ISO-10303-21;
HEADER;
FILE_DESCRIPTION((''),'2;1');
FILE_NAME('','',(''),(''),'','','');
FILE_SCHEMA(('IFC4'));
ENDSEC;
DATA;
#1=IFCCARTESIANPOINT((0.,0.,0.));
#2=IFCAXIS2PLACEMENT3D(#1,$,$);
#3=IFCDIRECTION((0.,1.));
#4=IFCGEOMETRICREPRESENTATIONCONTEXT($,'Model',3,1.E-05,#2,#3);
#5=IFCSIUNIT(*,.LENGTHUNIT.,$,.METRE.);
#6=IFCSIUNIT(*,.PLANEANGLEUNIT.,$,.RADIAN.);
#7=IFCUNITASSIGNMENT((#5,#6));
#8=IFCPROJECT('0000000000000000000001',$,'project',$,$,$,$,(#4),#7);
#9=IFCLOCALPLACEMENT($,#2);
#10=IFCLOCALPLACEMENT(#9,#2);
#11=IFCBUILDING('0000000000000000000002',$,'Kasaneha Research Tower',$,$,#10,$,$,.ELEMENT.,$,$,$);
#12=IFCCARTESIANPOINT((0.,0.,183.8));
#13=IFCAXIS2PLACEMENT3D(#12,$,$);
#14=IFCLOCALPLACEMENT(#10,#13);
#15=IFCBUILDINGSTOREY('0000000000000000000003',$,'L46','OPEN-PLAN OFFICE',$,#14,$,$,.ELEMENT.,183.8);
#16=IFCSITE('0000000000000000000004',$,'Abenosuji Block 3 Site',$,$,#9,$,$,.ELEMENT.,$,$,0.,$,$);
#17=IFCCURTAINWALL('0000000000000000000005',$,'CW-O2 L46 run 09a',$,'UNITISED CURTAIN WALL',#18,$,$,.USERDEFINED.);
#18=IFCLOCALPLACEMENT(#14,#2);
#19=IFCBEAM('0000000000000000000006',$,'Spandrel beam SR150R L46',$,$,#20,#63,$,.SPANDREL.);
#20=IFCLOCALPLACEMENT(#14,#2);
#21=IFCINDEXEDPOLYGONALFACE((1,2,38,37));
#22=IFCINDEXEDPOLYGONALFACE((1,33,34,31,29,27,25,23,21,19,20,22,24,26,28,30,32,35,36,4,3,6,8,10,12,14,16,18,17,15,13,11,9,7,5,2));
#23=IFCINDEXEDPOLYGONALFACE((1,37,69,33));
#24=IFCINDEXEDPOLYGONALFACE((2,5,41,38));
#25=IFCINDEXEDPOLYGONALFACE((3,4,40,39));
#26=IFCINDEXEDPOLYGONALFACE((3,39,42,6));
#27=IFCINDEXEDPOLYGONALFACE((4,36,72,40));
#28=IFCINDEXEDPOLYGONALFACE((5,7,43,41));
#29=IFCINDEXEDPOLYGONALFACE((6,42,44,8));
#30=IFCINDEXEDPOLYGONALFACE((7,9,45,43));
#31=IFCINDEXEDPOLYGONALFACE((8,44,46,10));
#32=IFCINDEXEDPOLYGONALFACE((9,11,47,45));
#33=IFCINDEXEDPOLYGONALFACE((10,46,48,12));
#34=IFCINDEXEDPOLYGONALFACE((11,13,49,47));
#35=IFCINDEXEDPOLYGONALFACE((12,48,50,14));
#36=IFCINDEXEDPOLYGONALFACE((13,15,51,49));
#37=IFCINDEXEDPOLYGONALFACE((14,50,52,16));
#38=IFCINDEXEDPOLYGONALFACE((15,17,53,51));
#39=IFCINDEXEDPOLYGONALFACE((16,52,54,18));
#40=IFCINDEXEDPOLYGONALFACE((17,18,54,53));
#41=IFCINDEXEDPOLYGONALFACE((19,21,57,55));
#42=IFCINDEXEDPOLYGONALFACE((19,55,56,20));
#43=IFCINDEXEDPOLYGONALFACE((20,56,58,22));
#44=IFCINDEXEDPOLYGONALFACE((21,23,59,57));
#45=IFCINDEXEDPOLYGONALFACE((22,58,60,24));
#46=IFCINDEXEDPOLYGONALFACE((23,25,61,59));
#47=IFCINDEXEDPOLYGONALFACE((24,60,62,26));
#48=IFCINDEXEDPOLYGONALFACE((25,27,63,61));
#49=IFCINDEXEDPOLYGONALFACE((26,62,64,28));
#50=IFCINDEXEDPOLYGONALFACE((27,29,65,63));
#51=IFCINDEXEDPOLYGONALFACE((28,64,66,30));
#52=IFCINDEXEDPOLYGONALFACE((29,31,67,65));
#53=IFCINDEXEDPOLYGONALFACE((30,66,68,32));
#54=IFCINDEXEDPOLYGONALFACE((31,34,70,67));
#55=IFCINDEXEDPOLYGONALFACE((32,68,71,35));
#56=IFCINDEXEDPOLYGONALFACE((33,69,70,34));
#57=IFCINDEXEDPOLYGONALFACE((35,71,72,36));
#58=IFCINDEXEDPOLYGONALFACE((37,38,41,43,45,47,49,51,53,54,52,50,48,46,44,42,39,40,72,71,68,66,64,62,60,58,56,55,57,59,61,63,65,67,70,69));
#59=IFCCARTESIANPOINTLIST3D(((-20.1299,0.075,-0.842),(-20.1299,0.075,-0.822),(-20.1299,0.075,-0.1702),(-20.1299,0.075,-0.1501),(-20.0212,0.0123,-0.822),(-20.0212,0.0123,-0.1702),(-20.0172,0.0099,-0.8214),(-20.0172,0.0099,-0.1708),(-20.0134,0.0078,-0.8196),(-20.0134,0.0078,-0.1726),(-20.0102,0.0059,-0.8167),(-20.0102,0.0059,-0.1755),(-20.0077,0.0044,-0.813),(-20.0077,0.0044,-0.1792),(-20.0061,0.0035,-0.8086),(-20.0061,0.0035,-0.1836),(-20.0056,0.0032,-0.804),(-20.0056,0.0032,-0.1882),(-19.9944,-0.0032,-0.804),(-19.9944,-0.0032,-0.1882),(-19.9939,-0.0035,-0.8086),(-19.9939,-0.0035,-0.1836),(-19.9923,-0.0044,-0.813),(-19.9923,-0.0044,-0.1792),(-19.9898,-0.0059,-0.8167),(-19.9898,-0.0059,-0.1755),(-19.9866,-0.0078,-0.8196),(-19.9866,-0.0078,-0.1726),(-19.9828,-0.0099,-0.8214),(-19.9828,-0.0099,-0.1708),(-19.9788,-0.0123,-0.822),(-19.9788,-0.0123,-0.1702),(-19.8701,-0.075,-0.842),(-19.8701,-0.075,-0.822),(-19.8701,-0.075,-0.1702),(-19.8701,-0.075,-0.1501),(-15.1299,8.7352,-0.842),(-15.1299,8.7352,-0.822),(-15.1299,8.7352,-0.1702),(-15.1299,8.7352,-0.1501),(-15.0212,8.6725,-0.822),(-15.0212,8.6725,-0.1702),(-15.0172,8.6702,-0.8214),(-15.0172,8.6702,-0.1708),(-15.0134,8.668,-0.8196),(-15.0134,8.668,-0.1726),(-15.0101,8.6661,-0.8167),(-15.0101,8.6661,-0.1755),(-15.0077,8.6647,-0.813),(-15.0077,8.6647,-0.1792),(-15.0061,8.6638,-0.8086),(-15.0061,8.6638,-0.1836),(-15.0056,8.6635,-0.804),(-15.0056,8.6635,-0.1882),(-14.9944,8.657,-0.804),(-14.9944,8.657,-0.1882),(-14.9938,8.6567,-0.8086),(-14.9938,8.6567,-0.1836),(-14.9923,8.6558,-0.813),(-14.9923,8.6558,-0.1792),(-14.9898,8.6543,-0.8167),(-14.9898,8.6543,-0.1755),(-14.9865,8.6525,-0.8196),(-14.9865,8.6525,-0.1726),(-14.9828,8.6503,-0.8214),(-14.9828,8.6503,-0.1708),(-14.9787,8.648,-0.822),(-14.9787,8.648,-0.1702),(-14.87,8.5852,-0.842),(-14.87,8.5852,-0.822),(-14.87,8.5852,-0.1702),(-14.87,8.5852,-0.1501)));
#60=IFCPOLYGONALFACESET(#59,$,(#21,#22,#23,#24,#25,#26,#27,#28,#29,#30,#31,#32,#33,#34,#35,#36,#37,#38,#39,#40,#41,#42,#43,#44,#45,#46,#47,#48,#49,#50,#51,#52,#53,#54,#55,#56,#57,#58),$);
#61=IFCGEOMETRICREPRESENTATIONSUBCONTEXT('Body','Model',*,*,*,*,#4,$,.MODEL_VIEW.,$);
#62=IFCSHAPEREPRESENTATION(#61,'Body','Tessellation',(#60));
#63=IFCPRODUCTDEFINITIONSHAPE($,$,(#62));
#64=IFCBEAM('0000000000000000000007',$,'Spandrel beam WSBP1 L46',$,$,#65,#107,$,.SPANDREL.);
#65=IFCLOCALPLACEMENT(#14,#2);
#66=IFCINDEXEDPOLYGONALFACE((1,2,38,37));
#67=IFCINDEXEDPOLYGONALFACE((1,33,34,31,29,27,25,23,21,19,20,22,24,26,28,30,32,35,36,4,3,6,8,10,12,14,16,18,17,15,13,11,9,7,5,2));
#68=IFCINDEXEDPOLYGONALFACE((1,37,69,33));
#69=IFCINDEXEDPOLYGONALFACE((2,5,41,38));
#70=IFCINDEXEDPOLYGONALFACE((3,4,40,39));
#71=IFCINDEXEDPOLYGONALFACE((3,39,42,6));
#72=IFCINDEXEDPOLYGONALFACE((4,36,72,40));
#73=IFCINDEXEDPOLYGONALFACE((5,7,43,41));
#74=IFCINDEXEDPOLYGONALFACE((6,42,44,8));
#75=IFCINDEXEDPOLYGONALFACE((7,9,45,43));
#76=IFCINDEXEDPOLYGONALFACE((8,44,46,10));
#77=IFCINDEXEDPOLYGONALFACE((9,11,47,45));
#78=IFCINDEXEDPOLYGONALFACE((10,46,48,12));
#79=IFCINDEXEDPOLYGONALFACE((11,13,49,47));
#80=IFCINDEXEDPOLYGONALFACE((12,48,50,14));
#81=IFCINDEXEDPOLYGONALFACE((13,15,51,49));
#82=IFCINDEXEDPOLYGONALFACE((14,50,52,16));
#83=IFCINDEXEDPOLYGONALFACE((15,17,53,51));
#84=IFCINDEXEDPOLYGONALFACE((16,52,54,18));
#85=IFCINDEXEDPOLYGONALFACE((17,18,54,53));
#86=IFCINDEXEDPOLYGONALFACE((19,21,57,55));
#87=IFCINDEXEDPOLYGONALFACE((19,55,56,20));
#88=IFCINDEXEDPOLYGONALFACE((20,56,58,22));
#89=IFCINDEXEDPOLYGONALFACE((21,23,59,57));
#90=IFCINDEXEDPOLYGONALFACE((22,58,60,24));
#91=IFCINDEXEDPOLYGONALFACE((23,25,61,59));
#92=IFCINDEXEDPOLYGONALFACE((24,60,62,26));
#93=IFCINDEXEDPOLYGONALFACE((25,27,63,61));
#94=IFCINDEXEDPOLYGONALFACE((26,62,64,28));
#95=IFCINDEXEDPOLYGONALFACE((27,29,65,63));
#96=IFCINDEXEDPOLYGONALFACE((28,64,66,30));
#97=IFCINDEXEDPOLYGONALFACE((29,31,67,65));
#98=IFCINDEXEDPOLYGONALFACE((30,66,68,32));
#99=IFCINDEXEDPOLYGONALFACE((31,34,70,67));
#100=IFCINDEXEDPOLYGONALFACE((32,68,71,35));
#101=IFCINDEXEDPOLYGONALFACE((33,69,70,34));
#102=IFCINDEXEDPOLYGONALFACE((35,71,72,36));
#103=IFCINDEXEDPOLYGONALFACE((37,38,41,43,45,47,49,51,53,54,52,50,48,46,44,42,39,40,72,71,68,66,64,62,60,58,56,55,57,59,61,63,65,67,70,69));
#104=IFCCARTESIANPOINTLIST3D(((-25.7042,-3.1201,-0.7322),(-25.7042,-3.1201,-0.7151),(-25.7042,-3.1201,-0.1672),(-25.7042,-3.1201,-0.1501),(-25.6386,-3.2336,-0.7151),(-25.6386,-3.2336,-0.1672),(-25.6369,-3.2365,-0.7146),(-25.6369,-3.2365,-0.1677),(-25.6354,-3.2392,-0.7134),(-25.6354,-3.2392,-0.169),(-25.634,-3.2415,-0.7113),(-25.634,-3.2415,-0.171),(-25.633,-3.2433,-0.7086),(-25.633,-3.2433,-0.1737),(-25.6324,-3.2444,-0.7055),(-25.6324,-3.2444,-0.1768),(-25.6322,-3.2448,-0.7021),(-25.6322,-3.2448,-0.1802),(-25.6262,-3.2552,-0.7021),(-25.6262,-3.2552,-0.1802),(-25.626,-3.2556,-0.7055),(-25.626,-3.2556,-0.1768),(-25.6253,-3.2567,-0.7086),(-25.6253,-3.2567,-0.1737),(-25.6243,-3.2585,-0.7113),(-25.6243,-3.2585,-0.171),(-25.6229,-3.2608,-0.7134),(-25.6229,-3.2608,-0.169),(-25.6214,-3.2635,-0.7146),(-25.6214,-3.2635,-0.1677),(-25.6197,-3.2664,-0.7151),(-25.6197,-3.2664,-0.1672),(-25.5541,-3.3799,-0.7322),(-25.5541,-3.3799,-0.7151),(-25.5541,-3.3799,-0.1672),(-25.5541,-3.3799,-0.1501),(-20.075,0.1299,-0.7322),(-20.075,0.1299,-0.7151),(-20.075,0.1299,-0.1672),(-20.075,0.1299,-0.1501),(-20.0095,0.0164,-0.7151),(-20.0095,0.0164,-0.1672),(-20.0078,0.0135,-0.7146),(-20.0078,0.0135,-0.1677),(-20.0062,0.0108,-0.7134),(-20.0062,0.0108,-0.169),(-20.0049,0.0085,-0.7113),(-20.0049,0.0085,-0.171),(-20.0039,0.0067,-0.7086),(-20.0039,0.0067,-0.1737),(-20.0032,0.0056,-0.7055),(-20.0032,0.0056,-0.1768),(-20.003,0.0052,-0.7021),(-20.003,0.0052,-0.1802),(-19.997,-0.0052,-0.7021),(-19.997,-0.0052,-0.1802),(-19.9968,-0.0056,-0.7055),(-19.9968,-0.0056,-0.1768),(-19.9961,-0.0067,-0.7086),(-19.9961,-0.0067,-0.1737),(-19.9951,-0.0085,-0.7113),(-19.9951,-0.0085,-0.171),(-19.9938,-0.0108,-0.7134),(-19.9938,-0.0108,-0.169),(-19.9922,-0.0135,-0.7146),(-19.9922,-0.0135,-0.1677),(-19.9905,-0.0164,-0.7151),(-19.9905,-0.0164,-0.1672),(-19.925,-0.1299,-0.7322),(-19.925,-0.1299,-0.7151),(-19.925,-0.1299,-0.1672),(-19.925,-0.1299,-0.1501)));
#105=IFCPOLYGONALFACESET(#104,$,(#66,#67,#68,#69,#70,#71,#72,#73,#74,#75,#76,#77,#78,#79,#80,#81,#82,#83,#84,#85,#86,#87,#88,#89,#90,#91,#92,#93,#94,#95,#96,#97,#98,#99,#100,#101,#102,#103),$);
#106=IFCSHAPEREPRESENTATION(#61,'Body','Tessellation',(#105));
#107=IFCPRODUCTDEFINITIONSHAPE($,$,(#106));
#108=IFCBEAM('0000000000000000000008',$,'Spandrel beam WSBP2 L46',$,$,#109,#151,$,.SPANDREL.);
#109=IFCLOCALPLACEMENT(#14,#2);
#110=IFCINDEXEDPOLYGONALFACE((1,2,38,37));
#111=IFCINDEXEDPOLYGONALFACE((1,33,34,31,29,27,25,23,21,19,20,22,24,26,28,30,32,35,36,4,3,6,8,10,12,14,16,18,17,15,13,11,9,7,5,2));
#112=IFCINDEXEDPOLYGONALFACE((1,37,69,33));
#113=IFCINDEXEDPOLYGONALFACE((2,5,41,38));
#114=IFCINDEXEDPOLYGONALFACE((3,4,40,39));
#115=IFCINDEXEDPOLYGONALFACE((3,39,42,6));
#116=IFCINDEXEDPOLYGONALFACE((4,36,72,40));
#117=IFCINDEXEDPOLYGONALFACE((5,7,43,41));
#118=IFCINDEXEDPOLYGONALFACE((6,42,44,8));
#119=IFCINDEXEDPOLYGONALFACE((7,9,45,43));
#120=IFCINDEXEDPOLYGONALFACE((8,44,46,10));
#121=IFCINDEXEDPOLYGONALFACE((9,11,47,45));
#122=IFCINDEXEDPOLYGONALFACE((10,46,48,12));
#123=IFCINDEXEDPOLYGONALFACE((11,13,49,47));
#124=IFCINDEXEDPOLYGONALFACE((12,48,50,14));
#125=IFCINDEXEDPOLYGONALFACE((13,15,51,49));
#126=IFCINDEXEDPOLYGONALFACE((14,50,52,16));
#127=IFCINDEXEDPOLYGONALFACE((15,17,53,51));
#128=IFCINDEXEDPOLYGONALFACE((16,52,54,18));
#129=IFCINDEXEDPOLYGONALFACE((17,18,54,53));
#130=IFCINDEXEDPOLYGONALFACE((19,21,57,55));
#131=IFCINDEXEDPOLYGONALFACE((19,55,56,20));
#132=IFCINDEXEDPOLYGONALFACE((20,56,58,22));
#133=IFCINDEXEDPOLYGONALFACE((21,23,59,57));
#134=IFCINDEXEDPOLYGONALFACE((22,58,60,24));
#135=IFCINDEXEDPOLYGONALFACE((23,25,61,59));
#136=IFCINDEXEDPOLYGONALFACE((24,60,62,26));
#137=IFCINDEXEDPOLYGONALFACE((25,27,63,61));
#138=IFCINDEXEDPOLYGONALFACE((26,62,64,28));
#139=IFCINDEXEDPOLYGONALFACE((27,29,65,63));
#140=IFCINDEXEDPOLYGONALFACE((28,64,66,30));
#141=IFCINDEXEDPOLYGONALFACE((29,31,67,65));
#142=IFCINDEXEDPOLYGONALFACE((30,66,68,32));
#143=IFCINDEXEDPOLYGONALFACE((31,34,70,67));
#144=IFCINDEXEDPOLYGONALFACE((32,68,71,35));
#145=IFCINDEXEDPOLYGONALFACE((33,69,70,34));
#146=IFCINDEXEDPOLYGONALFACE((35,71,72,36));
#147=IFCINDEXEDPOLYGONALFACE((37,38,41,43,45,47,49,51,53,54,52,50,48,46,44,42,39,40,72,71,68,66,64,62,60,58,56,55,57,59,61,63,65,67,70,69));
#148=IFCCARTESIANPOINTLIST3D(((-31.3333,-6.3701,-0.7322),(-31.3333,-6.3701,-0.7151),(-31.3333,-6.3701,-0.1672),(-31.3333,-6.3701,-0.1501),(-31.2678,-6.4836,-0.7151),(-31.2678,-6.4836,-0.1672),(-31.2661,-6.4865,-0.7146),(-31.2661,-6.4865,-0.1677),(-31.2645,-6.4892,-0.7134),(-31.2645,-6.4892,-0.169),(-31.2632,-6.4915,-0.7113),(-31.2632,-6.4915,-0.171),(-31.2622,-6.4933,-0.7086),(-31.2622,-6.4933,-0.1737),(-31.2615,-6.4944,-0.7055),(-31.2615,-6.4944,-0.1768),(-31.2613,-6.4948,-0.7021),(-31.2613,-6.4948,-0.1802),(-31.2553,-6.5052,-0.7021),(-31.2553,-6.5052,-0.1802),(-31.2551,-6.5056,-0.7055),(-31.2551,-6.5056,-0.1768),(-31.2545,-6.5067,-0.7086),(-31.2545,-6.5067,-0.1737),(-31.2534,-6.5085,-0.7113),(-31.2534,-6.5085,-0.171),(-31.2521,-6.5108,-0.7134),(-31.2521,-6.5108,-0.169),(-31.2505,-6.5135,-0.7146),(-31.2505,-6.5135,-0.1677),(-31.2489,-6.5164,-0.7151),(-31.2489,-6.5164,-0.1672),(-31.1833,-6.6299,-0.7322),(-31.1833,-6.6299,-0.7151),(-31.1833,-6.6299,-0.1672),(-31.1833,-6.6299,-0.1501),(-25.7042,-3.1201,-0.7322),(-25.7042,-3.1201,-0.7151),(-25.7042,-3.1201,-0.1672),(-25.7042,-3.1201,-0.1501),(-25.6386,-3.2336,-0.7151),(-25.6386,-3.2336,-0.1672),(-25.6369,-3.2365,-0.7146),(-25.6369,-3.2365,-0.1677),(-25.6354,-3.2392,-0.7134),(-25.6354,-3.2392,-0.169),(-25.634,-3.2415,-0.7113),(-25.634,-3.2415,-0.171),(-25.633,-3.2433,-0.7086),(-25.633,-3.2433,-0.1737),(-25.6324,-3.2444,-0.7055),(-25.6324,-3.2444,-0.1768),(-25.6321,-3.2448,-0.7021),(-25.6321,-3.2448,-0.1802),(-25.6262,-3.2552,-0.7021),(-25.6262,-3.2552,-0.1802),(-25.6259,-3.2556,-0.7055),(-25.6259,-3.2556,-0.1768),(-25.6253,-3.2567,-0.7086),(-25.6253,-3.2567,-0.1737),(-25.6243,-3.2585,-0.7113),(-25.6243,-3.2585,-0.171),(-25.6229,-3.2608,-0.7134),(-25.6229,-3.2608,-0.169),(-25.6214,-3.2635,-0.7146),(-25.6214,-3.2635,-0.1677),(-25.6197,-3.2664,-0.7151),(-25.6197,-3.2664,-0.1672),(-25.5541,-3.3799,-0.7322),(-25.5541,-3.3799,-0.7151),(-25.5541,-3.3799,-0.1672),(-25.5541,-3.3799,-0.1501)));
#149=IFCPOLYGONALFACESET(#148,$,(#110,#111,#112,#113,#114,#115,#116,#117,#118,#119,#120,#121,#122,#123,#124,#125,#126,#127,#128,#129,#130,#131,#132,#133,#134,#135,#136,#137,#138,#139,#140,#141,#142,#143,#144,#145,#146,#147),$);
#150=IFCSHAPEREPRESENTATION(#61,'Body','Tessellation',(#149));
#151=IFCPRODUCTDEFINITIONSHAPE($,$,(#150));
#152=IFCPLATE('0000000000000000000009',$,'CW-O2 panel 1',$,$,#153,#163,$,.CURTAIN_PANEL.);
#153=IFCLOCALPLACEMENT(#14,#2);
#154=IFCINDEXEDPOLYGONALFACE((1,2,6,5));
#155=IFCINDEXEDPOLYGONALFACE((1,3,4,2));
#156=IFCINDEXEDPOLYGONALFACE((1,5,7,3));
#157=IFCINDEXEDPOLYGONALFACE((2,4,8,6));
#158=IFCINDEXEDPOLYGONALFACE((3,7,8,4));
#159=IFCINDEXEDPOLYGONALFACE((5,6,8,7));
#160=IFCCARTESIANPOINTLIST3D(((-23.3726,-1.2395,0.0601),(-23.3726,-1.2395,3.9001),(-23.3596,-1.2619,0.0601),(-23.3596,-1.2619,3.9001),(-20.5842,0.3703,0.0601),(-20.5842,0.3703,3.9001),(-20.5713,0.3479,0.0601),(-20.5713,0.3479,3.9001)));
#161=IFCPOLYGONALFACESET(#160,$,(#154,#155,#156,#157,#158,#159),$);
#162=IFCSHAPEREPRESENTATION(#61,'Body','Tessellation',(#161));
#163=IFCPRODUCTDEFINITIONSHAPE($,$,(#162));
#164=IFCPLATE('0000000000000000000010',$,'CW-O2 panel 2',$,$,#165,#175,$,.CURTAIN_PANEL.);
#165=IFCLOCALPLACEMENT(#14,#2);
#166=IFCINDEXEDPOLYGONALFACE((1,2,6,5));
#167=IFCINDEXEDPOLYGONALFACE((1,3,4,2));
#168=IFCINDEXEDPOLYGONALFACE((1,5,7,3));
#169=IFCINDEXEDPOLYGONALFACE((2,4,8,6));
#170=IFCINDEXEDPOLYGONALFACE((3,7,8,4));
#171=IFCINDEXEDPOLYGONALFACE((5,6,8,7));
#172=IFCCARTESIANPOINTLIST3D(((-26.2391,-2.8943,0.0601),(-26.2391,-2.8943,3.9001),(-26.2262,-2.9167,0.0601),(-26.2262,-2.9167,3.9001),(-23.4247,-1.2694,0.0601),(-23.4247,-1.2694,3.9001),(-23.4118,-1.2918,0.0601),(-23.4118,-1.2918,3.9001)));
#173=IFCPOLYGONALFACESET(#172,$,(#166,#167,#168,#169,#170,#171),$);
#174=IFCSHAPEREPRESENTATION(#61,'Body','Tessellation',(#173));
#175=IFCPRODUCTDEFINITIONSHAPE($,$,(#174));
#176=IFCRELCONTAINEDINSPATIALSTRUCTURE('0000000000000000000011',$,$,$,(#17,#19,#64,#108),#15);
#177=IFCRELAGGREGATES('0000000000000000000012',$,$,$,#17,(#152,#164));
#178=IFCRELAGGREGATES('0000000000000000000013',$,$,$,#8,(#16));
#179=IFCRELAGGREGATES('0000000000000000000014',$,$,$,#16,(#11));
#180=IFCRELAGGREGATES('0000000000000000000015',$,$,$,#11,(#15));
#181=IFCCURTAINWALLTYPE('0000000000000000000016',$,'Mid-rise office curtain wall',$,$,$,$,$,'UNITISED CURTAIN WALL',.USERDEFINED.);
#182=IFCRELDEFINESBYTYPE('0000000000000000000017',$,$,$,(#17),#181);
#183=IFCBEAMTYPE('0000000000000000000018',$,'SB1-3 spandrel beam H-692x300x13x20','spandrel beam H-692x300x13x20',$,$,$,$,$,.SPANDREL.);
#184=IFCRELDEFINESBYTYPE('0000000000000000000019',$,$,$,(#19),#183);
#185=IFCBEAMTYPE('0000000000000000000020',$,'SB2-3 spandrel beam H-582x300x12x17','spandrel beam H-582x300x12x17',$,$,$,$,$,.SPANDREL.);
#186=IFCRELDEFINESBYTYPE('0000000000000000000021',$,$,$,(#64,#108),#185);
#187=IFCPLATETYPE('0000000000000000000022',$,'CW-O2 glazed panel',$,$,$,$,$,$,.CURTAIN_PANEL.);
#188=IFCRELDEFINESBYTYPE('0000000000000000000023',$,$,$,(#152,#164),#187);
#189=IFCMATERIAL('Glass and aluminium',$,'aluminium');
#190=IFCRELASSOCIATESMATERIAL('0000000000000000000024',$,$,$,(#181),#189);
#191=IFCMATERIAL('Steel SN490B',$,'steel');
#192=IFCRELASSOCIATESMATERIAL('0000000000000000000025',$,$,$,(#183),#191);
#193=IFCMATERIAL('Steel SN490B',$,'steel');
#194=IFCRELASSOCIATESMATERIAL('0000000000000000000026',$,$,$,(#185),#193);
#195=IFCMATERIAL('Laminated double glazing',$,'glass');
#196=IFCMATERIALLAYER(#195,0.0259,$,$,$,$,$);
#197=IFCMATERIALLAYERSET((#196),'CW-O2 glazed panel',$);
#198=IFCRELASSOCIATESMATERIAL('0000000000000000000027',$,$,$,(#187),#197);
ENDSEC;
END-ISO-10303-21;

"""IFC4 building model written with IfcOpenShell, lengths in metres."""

from ifc_helpers import new_model, si_unit, direction, frame, origin, origin_2d, place, context, subcontext, project, spatial, rectangle, i_section, extrude, material, layer, layer_set, material_profile, profile_set, type_object, element, aggregate, save


model = new_model("IFC4")

# Units and contexts
model_context = context("Model", 3, precision=1e-05, world=origin(), true_north=direction((0.0, 1.0)))
body_context = subcontext(model_context, "Body", "Model", "MODEL_VIEW")
ifc_project = project(units=[si_unit("LENGTHUNIT", "METRE"), si_unit("PLANEANGLEUNIT", "RADIAN")], contexts=[model_context])

# Site, building, storey
site_placement = place(None, origin())
site = spatial("IfcSite", under=ifc_project, at=site_placement, Name="Abenosuji Block 3 Site", CompositionType="ELEMENT", RefElevation=0.0)
building_placement = place(site_placement, origin())
building = spatial("IfcBuilding", under=site, at=building_placement, Name="Kasaneha Research Tower", CompositionType="ELEMENT")
storey_placement = place(building_placement, frame((0.0, 0.0, 183.8)))
storey = spatial("IfcBuildingStorey", under=building, at=storey_placement, Name="L46", Description="OPEN-PLAN OFFICE", CompositionType="ELEMENT", Elevation=183.8)

# Shared definitions
ifc_material_1 = material(Name="Glass and aluminium", Category="aluminium")
curtain_wall_type = type_object("IfcCurtainWallType", Name="Mid-rise office curtain wall", ElementType="UNITISED CURTAIN WALL", PredefinedType="USERDEFINED", material=ifc_material_1)

# Curtain wall
curtain_wall_1_placement = place(storey_placement, origin())
curtain_wall_1 = element("IfcCurtainWall", 1, at=curtain_wall_1_placement, inside=storey, type_object=curtain_wall_type, Name="CW-O2 L46 run 09a", ObjectType="UNITISED CURTAIN WALL", PredefinedType="USERDEFINED")

# Beams
ifc_material_2 = material(Name="Steel SN490B", Category="steel")
ifc_material_profile_1 = material_profile(ifc_material_2, i_section(OverallWidth=0.3, OverallDepth=0.6919, WebThickness=0.0129, FlangeThickness=0.02, FilletRadius=0.0181, at=origin_2d()), Name="H-692x300x13x20")
ifc_profile_set_1 = profile_set([ifc_material_profile_1], Name="Steel SN490B")
beam_type_1 = type_object("IfcBeamType", Name="SB1-3 spandrel beam H-692x300x13x20", Description="spandrel beam H-692x300x13x20", PredefinedType="SPANDREL", material=ifc_profile_set_1)
beam_1_placement = place(storey_placement, frame((-20.0, 0.0, -0.4961), z_axis=(0.500004, 0.866023, 0.0), x_axis=(-0.866023, 0.500004, 0.0)))
element("IfcBeam", 2, at=beam_1_placement, inside=storey, type_object=beam_type_1, Name="Spandrel beam SR150R L46", PredefinedType="SPANDREL", context=body_context, shape_type="SweptSolid", body=[
    extrude(i_section(OverallWidth=0.3, OverallDepth=0.6919, WebThickness=0.0129, FlangeThickness=0.02, FilletRadius=0.0181, at=origin_2d()), origin(), (0.0, 0.0, 1.0), 10.0),
])
ifc_material_3 = material(Name="Steel SN490B", Category="steel")
ifc_material_profile_2 = material_profile(ifc_material_3, i_section(OverallWidth=0.3, OverallDepth=0.582, WebThickness=0.012, FlangeThickness=0.0171, FilletRadius=0.0129, at=origin_2d()), Name="H-582x300x12x17")
ifc_profile_set_2 = profile_set([ifc_material_profile_2], Name="Steel SN490B")
beam_type_2 = type_object("IfcBeamType", Name="SB2-3 spandrel beam H-582x300x12x17", Description="spandrel beam H-582x300x12x17", PredefinedType="SPANDREL", material=ifc_profile_set_2)
for number, where, z_axis, x_axis, name in (
    (3, (-20.0, 0.0, -0.4412), (-0.866025, -0.500001, 0.0), (0.500001, -0.866025, 0.0), "Spandrel beam WSBP1 L46"),
    (4, (-25.6292, -3.25, -0.4412), (-0.866025, -0.500001, 0.0), (0.500001, -0.866025, 0.0), "Spandrel beam WSBP2 L46"),
):
    element("IfcBeam", number, at=place(storey_placement, frame(where, z_axis=z_axis, x_axis=x_axis)), inside=storey, type_object=beam_type_2, Name=name, PredefinedType="SPANDREL", context=body_context, shape_type="SweptSolid", body=[
        extrude(i_section(OverallWidth=0.3, OverallDepth=0.582, WebThickness=0.012, FlangeThickness=0.0171, FilletRadius=0.0129, at=origin_2d()), origin(), (0.0, 0.0, 1.0), 6.5),
    ])

# Plates
ifc_material_4 = material(Name="Laminated double glazing", Category="glass")
ifc_layer_1 = layer(ifc_material_4, 0.0259)
ifc_layer_set_1 = layer_set([ifc_layer_1], Name="CW-O2 glazed panel")
plate_type = type_object("IfcPlateType", Name="CW-O2 glazed panel", PredefinedType="CURTAIN_PANEL", material=ifc_layer_set_1)
plate_1_placement = place(storey_placement, frame((-21.9719, -0.4458, 0.0601), z_axis=(0.0, 0.0, 1.0), x_axis=(-0.866025, -0.5, 0.0)))
plate_1 = element("IfcPlate", 5, at=plate_1_placement, type_object=plate_type, Name="CW-O2 panel 1", PredefinedType="CURTAIN_PANEL", context=body_context, shape_type="SweptSolid", body=[
    extrude(rectangle(XDim=3.2197, YDim=0.0259, at=origin_2d()), origin(), (0.0, 0.0, 1.0), 3.8401),
])
plate_2_placement = place(storey_placement, frame((-24.8254, -2.093, 0.0601), z_axis=(0.0, 0.0, 1.0), x_axis=(-0.866025, -0.5, 0.0)))
plate_2 = element("IfcPlate", 6, at=plate_2_placement, type_object=plate_type, Name="CW-O2 panel 2", PredefinedType="CURTAIN_PANEL", context=body_context, shape_type="SweptSolid", body=[
    extrude(rectangle(XDim=3.2498, YDim=0.0259, at=origin_2d()), origin(), (0.0, 0.0, 1.0), 3.8401),
])
aggregate(curtain_wall_1, [plate_1, plate_2])

save(model, "model.ifc")
